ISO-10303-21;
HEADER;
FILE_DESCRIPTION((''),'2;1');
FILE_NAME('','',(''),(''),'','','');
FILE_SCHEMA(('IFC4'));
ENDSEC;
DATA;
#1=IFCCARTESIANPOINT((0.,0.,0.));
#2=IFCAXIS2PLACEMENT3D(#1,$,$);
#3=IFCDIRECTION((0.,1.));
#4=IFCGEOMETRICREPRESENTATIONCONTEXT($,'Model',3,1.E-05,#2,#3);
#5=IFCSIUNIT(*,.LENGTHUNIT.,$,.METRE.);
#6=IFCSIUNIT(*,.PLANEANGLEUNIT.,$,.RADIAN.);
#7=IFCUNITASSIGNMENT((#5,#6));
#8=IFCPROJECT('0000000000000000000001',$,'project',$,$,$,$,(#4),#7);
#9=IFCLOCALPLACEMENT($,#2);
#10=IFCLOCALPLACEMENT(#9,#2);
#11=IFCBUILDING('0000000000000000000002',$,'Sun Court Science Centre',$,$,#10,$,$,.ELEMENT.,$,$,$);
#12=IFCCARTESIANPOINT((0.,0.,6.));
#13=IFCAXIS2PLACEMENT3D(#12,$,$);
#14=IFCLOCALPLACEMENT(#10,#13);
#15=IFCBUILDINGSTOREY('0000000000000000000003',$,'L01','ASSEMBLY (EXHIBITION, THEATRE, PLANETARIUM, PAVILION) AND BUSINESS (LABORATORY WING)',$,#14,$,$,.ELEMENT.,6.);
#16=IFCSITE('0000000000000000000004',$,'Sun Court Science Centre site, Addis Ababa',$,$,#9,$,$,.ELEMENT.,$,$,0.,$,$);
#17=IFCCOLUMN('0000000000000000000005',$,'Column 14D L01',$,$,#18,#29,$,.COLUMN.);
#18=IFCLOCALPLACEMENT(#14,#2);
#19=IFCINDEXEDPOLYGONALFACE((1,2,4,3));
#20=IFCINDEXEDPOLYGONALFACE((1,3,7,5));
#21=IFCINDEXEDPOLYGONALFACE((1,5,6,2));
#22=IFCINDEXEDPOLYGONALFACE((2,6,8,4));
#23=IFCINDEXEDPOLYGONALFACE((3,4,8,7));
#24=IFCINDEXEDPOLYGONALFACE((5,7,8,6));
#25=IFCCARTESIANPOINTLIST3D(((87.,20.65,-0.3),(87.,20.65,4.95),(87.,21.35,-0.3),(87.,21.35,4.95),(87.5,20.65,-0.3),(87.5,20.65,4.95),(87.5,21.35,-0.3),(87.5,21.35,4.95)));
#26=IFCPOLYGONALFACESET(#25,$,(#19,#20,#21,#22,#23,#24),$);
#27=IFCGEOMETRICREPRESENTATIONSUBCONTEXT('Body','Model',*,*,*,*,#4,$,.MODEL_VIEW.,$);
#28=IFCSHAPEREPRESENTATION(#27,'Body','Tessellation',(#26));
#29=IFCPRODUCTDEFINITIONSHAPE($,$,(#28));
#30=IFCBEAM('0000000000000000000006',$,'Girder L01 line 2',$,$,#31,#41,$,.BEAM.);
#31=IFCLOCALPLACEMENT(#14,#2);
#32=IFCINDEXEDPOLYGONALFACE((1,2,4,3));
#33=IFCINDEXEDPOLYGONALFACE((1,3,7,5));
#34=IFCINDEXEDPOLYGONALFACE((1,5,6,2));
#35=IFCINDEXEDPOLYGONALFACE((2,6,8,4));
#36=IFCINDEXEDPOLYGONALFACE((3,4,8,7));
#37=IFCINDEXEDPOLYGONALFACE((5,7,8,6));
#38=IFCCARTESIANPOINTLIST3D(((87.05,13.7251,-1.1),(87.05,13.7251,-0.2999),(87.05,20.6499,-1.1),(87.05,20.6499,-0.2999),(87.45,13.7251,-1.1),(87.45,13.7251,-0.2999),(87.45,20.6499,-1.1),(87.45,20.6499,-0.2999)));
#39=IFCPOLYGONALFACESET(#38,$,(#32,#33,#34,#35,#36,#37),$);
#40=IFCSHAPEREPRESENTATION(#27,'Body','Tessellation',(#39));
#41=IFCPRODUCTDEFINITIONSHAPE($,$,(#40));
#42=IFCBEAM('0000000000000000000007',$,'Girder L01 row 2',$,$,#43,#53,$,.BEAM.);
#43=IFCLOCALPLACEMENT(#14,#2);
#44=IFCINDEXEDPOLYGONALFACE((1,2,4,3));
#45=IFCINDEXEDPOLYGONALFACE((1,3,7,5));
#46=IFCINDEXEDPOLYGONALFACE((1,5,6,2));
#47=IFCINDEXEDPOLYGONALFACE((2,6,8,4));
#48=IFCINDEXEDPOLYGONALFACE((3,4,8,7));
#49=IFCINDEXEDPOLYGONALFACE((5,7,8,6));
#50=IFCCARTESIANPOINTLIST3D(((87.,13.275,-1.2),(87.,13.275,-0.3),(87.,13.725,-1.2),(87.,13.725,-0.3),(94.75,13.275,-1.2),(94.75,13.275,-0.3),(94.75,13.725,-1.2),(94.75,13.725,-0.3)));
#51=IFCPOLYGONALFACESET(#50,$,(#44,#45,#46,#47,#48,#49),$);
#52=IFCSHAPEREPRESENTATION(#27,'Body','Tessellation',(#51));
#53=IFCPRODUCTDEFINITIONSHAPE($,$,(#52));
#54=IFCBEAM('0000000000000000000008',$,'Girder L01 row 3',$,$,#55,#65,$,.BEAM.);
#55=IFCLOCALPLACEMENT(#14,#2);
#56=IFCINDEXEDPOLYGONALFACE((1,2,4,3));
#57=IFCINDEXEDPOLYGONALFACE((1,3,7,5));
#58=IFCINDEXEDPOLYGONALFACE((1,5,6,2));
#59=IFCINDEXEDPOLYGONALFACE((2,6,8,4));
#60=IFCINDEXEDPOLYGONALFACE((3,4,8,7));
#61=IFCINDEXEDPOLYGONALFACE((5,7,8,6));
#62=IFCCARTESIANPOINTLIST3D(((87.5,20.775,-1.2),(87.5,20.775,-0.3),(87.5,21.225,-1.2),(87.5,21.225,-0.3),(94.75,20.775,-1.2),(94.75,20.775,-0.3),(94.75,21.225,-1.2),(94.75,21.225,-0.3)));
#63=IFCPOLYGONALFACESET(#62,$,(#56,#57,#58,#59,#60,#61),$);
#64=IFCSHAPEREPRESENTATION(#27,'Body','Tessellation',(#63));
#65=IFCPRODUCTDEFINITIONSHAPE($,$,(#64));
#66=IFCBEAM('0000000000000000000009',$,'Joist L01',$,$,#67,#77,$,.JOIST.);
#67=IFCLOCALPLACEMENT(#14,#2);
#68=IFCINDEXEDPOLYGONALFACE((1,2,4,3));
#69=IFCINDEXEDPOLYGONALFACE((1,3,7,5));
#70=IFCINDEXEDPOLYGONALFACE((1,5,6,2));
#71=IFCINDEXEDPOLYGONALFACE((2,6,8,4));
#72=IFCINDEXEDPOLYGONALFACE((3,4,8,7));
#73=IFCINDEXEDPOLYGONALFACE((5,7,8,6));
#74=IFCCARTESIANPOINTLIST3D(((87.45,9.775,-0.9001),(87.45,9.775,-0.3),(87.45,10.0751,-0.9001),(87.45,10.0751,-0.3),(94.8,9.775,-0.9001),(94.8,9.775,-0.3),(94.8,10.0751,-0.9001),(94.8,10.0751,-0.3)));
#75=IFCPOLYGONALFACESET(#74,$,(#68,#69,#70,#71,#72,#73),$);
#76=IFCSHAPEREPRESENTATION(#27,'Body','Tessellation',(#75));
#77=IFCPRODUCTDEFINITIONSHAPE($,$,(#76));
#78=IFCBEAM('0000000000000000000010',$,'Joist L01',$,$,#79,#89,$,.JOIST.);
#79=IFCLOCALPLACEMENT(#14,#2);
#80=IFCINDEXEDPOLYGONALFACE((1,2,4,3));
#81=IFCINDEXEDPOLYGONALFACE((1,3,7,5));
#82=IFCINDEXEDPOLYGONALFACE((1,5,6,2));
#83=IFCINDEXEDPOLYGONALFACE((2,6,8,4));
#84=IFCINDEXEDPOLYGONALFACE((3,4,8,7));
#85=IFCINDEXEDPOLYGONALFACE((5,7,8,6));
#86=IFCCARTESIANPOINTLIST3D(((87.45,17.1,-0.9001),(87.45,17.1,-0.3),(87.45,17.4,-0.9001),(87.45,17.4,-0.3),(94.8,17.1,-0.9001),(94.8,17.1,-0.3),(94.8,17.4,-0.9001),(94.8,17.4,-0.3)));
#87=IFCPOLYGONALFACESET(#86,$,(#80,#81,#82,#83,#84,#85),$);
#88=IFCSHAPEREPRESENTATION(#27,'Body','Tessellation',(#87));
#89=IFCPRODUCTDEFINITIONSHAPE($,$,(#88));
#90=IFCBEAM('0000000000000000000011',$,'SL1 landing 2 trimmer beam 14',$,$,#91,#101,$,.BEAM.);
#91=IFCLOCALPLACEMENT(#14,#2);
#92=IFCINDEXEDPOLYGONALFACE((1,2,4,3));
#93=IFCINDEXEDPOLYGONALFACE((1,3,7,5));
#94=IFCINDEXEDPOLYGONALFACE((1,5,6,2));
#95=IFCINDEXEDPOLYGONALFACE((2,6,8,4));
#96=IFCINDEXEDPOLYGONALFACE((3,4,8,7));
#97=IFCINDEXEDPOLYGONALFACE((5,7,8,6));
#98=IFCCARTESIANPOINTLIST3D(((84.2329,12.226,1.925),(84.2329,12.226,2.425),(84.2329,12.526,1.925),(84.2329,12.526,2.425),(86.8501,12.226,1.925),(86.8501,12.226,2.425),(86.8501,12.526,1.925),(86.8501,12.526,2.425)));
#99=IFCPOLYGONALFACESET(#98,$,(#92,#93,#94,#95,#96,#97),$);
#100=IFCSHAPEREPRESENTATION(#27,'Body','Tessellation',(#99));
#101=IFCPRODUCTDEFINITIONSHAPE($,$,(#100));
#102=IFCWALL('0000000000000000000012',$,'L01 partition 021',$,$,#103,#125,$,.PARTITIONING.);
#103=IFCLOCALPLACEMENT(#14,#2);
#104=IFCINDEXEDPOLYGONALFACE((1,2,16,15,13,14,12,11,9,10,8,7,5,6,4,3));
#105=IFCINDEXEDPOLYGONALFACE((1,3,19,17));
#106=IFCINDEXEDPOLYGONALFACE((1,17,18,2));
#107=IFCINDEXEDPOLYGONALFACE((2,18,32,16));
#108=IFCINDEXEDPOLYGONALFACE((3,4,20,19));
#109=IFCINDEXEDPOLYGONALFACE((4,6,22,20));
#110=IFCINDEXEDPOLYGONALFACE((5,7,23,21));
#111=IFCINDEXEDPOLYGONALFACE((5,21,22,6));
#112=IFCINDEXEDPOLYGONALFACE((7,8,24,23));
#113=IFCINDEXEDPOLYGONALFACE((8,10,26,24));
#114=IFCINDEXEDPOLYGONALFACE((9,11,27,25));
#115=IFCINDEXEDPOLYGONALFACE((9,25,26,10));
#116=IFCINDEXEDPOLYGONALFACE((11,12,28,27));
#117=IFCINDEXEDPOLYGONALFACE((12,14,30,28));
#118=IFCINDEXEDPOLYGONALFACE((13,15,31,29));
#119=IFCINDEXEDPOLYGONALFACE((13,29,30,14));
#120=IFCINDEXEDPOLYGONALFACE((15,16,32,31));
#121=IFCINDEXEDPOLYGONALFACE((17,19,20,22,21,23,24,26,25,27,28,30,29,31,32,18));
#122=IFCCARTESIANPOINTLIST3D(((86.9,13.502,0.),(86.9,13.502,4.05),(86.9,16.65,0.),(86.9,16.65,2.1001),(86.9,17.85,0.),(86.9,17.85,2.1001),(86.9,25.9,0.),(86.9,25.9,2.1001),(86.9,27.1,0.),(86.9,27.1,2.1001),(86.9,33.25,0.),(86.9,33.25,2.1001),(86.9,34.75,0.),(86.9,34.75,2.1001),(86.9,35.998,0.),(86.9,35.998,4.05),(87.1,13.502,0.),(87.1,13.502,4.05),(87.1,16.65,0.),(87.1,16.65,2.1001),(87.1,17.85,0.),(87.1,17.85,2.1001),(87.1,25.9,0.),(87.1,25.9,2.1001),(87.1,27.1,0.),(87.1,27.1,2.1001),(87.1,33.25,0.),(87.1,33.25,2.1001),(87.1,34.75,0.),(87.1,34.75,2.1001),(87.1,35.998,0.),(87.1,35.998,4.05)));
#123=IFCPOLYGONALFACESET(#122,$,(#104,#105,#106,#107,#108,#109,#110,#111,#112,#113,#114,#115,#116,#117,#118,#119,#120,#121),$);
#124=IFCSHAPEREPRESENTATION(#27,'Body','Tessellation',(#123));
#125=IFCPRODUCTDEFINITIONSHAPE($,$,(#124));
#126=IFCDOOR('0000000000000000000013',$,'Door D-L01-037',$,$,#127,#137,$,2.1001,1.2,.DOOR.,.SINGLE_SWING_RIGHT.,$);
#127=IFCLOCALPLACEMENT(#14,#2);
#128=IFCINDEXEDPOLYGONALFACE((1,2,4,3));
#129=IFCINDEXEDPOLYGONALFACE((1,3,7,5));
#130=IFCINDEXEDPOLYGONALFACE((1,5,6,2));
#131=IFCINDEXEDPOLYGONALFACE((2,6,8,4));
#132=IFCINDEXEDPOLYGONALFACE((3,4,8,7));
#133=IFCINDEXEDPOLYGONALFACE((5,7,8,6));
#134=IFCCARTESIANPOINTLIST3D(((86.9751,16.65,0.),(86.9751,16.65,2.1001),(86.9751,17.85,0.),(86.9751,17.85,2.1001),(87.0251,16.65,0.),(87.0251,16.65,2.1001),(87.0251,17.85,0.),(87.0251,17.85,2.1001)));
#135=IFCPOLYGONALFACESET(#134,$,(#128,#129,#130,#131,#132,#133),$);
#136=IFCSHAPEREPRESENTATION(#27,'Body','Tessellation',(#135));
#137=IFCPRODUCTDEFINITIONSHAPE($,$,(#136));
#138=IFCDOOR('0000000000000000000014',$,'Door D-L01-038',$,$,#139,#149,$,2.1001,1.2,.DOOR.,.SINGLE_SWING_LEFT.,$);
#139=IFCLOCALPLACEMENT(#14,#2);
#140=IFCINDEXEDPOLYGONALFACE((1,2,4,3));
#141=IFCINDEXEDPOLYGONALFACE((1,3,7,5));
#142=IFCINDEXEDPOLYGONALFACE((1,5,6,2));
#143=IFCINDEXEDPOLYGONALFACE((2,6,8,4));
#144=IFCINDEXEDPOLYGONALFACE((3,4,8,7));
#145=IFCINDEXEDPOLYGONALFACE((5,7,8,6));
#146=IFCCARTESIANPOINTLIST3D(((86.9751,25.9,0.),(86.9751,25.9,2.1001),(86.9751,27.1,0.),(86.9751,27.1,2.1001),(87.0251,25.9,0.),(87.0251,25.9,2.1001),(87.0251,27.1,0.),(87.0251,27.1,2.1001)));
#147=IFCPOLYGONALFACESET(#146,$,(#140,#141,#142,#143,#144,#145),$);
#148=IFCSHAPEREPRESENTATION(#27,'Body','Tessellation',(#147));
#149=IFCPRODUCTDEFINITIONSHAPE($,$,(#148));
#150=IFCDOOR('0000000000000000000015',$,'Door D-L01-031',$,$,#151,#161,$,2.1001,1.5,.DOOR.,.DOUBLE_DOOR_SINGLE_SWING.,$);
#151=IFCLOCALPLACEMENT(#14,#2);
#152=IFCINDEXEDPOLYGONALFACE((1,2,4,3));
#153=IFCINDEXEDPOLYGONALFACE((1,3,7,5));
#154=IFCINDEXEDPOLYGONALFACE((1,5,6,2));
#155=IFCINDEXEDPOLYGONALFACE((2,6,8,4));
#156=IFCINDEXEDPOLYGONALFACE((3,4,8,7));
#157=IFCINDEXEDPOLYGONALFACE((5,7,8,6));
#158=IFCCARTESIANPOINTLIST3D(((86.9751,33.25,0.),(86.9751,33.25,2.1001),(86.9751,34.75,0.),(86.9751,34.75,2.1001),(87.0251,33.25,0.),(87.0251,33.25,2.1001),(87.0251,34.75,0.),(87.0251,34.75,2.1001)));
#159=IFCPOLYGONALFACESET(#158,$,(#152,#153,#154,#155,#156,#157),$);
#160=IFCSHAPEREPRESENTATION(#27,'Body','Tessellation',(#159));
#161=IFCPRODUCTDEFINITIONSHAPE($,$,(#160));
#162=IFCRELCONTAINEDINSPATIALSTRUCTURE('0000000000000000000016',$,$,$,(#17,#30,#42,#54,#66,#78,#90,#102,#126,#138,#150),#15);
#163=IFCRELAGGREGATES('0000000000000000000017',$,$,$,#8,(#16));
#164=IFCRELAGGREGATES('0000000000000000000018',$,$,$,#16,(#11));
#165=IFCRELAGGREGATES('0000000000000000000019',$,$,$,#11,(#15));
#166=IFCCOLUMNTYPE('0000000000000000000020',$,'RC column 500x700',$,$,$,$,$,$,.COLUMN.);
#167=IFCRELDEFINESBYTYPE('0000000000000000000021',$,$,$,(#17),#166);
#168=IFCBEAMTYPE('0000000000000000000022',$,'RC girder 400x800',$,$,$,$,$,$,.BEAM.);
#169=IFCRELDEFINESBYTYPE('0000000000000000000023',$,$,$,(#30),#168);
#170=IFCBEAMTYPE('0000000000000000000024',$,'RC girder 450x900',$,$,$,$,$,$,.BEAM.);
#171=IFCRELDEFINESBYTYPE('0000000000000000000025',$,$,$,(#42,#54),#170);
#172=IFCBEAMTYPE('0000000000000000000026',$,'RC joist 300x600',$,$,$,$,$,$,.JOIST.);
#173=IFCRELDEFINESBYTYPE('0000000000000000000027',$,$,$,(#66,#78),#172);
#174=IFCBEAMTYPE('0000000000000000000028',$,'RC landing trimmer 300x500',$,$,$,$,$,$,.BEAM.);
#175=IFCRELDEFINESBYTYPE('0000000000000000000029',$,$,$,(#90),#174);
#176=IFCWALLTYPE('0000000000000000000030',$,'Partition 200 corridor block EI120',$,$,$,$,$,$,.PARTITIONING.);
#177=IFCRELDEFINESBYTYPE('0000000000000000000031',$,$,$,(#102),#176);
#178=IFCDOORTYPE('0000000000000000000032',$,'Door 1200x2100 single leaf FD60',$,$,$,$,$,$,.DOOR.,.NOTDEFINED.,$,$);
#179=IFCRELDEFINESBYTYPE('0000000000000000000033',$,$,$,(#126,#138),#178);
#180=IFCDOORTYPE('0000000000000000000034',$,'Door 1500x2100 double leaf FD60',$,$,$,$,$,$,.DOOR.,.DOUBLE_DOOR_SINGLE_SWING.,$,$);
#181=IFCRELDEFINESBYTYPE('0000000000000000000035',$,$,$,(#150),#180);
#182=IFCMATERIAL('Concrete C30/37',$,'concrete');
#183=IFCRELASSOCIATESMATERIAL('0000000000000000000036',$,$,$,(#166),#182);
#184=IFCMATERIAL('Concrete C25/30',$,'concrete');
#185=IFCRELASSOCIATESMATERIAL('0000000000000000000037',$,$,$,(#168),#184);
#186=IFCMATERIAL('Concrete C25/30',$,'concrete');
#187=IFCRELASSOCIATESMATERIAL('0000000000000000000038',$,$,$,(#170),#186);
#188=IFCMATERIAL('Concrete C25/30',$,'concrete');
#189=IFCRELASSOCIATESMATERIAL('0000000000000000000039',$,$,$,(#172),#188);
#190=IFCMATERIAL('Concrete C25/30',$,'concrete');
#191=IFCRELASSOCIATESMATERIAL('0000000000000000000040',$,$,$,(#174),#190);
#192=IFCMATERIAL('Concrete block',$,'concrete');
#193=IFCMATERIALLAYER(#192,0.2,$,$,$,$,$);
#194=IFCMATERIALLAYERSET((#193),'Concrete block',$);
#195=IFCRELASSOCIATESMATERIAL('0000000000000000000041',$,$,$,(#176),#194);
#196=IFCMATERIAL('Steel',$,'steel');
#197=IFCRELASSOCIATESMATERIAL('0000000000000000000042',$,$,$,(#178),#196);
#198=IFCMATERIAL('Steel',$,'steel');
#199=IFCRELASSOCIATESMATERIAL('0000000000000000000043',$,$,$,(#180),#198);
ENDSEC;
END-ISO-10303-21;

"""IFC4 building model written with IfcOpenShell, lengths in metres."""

from ifc_helpers import new_model, si_unit, direction, frame, frame_2d, origin, origin_2d, place, context, subcontext, project, spatial, rectangle, extrude, material, layer, layer_set, material_profile, profile_set, type_object, element, fill, save


model = new_model("IFC4")

# Units and contexts
model_context = context("Model", 3, precision=1e-05, world=origin(), true_north=direction((0.0, 1.0)))
body_context = subcontext(model_context, "Body", "Model", "MODEL_VIEW")
ifc_project = project(units=[si_unit("LENGTHUNIT", "METRE"), si_unit("PLANEANGLEUNIT", "RADIAN")], contexts=[model_context])

# Site, building, storey
site_placement = place(None, origin())
site = spatial("IfcSite", under=ifc_project, at=site_placement, Name="Sun Court Science Centre site, Addis Ababa", CompositionType="ELEMENT", RefElevation=0.0)
building_placement = place(site_placement, origin())
building = spatial("IfcBuilding", under=site, at=building_placement, Name="Sun Court Science Centre", CompositionType="ELEMENT")
storey_placement = place(building_placement, frame((0.0, 0.0, 6.0)))
storey = spatial("IfcBuildingStorey", under=building, at=storey_placement, Name="L01", Description="ASSEMBLY (EXHIBITION, THEATRE, PLANETARIUM, PAVILION) AND BUSINESS (LABORATORY WING)", CompositionType="ELEMENT", Elevation=6.0)

# Column
ifc_material_1 = material(Name="Concrete C30/37", Category="concrete")
ifc_material_profile_1 = material_profile(ifc_material_1, rectangle(XDim=0.5, YDim=0.7, at=origin_2d()), Name="RC 500x700")
ifc_profile_set_1 = profile_set([ifc_material_profile_1], Name="Concrete C30/37")
column_type = type_object("IfcColumnType", Name="RC column 500x700", PredefinedType="COLUMN", material=ifc_profile_set_1)
column_placement = place(storey_placement, frame((87.25, 21.0, -0.3), z_axis=(0.0, 0.0, 1.0), x_axis=(1.0, 0.0, 0.0)))
element("IfcColumn", 1, at=column_placement, inside=storey, type_object=column_type, Name="Column 14D L01", PredefinedType="COLUMN", context=body_context, shape_type="SweptSolid", body=[
    extrude(rectangle(XDim=0.5, YDim=0.7, at=origin_2d()), origin(), (0.0, 0.0, 1.0), 5.25),
])

# Beams
ifc_material_2 = material(Name="Concrete C25/30", Category="concrete")
ifc_material_profile_2 = material_profile(ifc_material_2, rectangle(XDim=0.3999, YDim=0.8, at=origin_2d()), Name="RC 400x800")
ifc_profile_set_2 = profile_set([ifc_material_profile_2], Name="Concrete C25/30")
beam_type_1 = type_object("IfcBeamType", Name="RC girder 400x800", PredefinedType="BEAM", material=ifc_profile_set_2)
beam_1_placement = place(storey_placement, frame((87.25, 13.7251, -0.7), z_axis=(0.0, 1.0, 0.0), x_axis=(-1.0, 0.0, 0.0)))
element("IfcBeam", 2, at=beam_1_placement, inside=storey, type_object=beam_type_1, Name="Girder L01 line 2", PredefinedType="BEAM", context=body_context, shape_type="SweptSolid", body=[
    extrude(rectangle(XDim=0.3999, YDim=0.8, at=origin_2d()), origin(), (0.0, 0.0, 1.0), 6.9248),
])
ifc_material_3 = material(Name="Concrete C25/30", Category="concrete")
ifc_material_profile_3 = material_profile(ifc_material_3, rectangle(XDim=0.45, YDim=0.8999, at=origin_2d()), Name="RC 450x900")
ifc_profile_set_3 = profile_set([ifc_material_profile_3], Name="Concrete C25/30")
beam_type_2 = type_object("IfcBeamType", Name="RC girder 450x900", PredefinedType="BEAM", material=ifc_profile_set_3)
beam_2_placement = place(storey_placement, frame((87.0, 13.5, -0.75), z_axis=(1.0, 0.0, 0.0), x_axis=(0.0, 1.0, 0.0)))
element("IfcBeam", 3, at=beam_2_placement, inside=storey, type_object=beam_type_2, Name="Girder L01 row 2", PredefinedType="BEAM", context=body_context, shape_type="SweptSolid", body=[
    extrude(rectangle(XDim=0.45, YDim=0.8999, at=origin_2d()), origin(), (0.0, 0.0, 1.0), 7.75),
])
beam_3_placement = place(storey_placement, frame((87.5, 21.0, -0.75), z_axis=(1.0, 0.0, 0.0), x_axis=(0.0, 1.0, 0.0)))
element("IfcBeam", 4, at=beam_3_placement, inside=storey, type_object=beam_type_2, Name="Girder L01 row 3", PredefinedType="BEAM", context=body_context, shape_type="SweptSolid", body=[
    extrude(rectangle(XDim=0.45, YDim=0.8999, at=origin_2d()), origin(), (0.0, 0.0, 1.0), 7.25),
])
ifc_material_4 = material(Name="Concrete C25/30", Category="concrete")
ifc_material_profile_4 = material_profile(ifc_material_4, rectangle(XDim=0.3, YDim=0.6001, at=origin_2d()), Name="RC 300x600")
ifc_profile_set_4 = profile_set([ifc_material_profile_4], Name="Concrete C25/30")
beam_type_3 = type_object("IfcBeamType", Name="RC joist 300x600", PredefinedType="JOIST", material=ifc_profile_set_4)
for number, where, z_axis, x_axis, name in (
    (5, (87.45, 9.925, -0.6001), (1.0, 0.0, 0.0), (0.0, 1.0, 0.0), "Joist L01"),
    (6, (87.45, 17.25, -0.6001), (1.0, 0.0, 0.0), (0.0, 1.0, 0.0), "Joist L01"),
):
    element("IfcBeam", number, at=place(storey_placement, frame(where, z_axis=z_axis, x_axis=x_axis)), inside=storey, type_object=beam_type_3, Name=name, PredefinedType="JOIST", context=body_context, shape_type="SweptSolid", body=[
        extrude(rectangle(XDim=0.3, YDim=0.6001, at=origin_2d()), origin(), (0.0, 0.0, 1.0), 7.3501),
    ])
ifc_material_5 = material(Name="Concrete C25/30", Category="concrete")
ifc_material_profile_5 = material_profile(ifc_material_5, rectangle(XDim=0.3, YDim=0.5, at=origin_2d()), Name="RC 300x500")
ifc_profile_set_5 = profile_set([ifc_material_profile_5], Name="Concrete C25/30")
beam_type_4 = type_object("IfcBeamType", Name="RC landing trimmer 300x500", PredefinedType="BEAM", material=ifc_profile_set_5)
beam_4_placement = place(storey_placement, frame((86.8501, 12.376, 2.175), z_axis=(-1.0, 0.0, 0.0), x_axis=(0.0, -1.0, 0.0)))
element("IfcBeam", 7, at=beam_4_placement, inside=storey, type_object=beam_type_4, Name="SL1 landing 2 trimmer beam 14", PredefinedType="BEAM", context=body_context, shape_type="SweptSolid", body=[
    extrude(rectangle(XDim=0.3, YDim=0.5, at=origin_2d()), origin(), (0.0, 0.0, 1.0), 2.6172),
])

# Wall, openings, doors
ifc_material_6 = material(Name="Concrete block", Category="concrete")
ifc_layer_1 = layer(ifc_material_6, 0.2)
ifc_layer_set_1 = layer_set([ifc_layer_1], Name="Concrete block")
wall_type_1 = type_object("IfcWallType", Name="Partition 200 corridor block EI120", PredefinedType="PARTITIONING", material=ifc_layer_set_1)
wall_placement = place(storey_placement, frame((87.0, 13.502, 0.0), z_axis=(0.0, 0.0, 1.0), x_axis=(0.0, 1.0, 0.0)))
wall = element("IfcWall", 8, at=wall_placement, inside=storey, type_object=wall_type_1, Name="L01 partition 021", PredefinedType="PARTITIONING", context=body_context, shape_type="SweptSolid", body=[
    extrude(rectangle(XDim=22.4961, YDim=0.2, at=frame_2d((11.248, 0.0))), origin(), (0.0, 0.0, 1.0), 4.05),
])
opening_1_placement = place(wall_placement, frame((19.748, 0.0, 0.0)))
opening_1 = element("IfcOpeningElement", 9, at=opening_1_placement, cuts=wall, PredefinedType="OPENING", context=body_context, shape_type="SweptSolid", body=[
    extrude(rectangle(XDim=1.5, YDim=2.1001, at=frame_2d((0.75, 1.05))), frame((0.0, 0.1099, 0.0), z_axis=(0.0, -1.0, 0.0), x_axis=(1.0, 0.0, 0.0)), (0.0, 0.0, 1.0), 0.22),
])
opening_2_placement = place(wall_placement, frame((3.1479, 0.0, 0.0)))
opening_2 = element("IfcOpeningElement", 10, at=opening_2_placement, cuts=wall, PredefinedType="OPENING", context=body_context, shape_type="SweptSolid", body=[
    extrude(rectangle(XDim=1.2, YDim=2.1001, at=frame_2d((0.6001, 1.05))), frame((0.0, 0.1099, 0.0), z_axis=(0.0, -1.0, 0.0), x_axis=(1.0, 0.0, 0.0)), (0.0, 0.0, 1.0), 0.22),
])
opening_3_placement = place(wall_placement, frame((12.3979, 0.0, 0.0)))
opening_3 = element("IfcOpeningElement", 11, at=opening_3_placement, cuts=wall, PredefinedType="OPENING", context=body_context, shape_type="SweptSolid", body=[
    extrude(rectangle(XDim=1.2, YDim=2.1001, at=frame_2d((0.6001, 1.05))), frame((0.0, 0.1099, 0.0), z_axis=(0.0, -1.0, 0.0), x_axis=(1.0, 0.0, 0.0)), (0.0, 0.0, 1.0), 0.22),
])
ifc_material_7 = material(Name="Steel", Category="steel")
door_type_1 = type_object("IfcDoorType", Name="Door 1200x2100 single leaf FD60", OperationType="NOTDEFINED", PredefinedType="DOOR", material=ifc_material_7)
door_1_placement = place(opening_2_placement, origin())
door_1 = element("IfcDoor", 12, at=door_1_placement, inside=storey, type_object=door_type_1, Name="Door D-L01-037", OperationType="SINGLE_SWING_RIGHT", OverallHeight=2.1001, OverallWidth=1.2, PredefinedType="DOOR", context=body_context, shape_type="SweptSolid", body=[
    extrude(rectangle(XDim=1.2, YDim=2.1001, at=frame_2d((0.6001, 1.05))), frame((0.0, 0.0249, 0.0), z_axis=(0.0, -1.0, 0.0), x_axis=(1.0, 0.0, 0.0)), (0.0, 0.0, 1.0), 0.05),
])
fill(opening_2, door_1)
door_2_placement = place(opening_3_placement, origin())
door_2 = element("IfcDoor", 13, at=door_2_placement, inside=storey, type_object=door_type_1, Name="Door D-L01-038", OperationType="SINGLE_SWING_LEFT", OverallHeight=2.1001, OverallWidth=1.2, PredefinedType="DOOR", context=body_context, shape_type="SweptSolid", body=[
    extrude(rectangle(XDim=1.2, YDim=2.1001, at=frame_2d((0.6001, 1.05))), frame((0.0, 0.0249, 0.0), z_axis=(0.0, -1.0, 0.0), x_axis=(1.0, 0.0, 0.0)), (0.0, 0.0, 1.0), 0.05),
])
fill(opening_3, door_2)
ifc_material_8 = material(Name="Steel", Category="steel")
door_type_2 = type_object("IfcDoorType", Name="Door 1500x2100 double leaf FD60", OperationType="DOUBLE_DOOR_SINGLE_SWING", PredefinedType="DOOR", material=ifc_material_8)
door_3_placement = place(opening_1_placement, origin())
door_3 = element("IfcDoor", 14, at=door_3_placement, inside=storey, type_object=door_type_2, Name="Door D-L01-031", OperationType="DOUBLE_DOOR_SINGLE_SWING", OverallHeight=2.1001, OverallWidth=1.5, PredefinedType="DOOR", context=body_context, shape_type="SweptSolid", body=[
    extrude(rectangle(XDim=1.5, YDim=2.1001, at=frame_2d((0.75, 1.05))), frame((0.0, 0.0249, 0.0), z_axis=(0.0, -1.0, 0.0), x_axis=(1.0, 0.0, 0.0)), (0.0, 0.0, 1.0), 0.05),
])
fill(opening_1, door_3)

save(model, "model.ifc")
